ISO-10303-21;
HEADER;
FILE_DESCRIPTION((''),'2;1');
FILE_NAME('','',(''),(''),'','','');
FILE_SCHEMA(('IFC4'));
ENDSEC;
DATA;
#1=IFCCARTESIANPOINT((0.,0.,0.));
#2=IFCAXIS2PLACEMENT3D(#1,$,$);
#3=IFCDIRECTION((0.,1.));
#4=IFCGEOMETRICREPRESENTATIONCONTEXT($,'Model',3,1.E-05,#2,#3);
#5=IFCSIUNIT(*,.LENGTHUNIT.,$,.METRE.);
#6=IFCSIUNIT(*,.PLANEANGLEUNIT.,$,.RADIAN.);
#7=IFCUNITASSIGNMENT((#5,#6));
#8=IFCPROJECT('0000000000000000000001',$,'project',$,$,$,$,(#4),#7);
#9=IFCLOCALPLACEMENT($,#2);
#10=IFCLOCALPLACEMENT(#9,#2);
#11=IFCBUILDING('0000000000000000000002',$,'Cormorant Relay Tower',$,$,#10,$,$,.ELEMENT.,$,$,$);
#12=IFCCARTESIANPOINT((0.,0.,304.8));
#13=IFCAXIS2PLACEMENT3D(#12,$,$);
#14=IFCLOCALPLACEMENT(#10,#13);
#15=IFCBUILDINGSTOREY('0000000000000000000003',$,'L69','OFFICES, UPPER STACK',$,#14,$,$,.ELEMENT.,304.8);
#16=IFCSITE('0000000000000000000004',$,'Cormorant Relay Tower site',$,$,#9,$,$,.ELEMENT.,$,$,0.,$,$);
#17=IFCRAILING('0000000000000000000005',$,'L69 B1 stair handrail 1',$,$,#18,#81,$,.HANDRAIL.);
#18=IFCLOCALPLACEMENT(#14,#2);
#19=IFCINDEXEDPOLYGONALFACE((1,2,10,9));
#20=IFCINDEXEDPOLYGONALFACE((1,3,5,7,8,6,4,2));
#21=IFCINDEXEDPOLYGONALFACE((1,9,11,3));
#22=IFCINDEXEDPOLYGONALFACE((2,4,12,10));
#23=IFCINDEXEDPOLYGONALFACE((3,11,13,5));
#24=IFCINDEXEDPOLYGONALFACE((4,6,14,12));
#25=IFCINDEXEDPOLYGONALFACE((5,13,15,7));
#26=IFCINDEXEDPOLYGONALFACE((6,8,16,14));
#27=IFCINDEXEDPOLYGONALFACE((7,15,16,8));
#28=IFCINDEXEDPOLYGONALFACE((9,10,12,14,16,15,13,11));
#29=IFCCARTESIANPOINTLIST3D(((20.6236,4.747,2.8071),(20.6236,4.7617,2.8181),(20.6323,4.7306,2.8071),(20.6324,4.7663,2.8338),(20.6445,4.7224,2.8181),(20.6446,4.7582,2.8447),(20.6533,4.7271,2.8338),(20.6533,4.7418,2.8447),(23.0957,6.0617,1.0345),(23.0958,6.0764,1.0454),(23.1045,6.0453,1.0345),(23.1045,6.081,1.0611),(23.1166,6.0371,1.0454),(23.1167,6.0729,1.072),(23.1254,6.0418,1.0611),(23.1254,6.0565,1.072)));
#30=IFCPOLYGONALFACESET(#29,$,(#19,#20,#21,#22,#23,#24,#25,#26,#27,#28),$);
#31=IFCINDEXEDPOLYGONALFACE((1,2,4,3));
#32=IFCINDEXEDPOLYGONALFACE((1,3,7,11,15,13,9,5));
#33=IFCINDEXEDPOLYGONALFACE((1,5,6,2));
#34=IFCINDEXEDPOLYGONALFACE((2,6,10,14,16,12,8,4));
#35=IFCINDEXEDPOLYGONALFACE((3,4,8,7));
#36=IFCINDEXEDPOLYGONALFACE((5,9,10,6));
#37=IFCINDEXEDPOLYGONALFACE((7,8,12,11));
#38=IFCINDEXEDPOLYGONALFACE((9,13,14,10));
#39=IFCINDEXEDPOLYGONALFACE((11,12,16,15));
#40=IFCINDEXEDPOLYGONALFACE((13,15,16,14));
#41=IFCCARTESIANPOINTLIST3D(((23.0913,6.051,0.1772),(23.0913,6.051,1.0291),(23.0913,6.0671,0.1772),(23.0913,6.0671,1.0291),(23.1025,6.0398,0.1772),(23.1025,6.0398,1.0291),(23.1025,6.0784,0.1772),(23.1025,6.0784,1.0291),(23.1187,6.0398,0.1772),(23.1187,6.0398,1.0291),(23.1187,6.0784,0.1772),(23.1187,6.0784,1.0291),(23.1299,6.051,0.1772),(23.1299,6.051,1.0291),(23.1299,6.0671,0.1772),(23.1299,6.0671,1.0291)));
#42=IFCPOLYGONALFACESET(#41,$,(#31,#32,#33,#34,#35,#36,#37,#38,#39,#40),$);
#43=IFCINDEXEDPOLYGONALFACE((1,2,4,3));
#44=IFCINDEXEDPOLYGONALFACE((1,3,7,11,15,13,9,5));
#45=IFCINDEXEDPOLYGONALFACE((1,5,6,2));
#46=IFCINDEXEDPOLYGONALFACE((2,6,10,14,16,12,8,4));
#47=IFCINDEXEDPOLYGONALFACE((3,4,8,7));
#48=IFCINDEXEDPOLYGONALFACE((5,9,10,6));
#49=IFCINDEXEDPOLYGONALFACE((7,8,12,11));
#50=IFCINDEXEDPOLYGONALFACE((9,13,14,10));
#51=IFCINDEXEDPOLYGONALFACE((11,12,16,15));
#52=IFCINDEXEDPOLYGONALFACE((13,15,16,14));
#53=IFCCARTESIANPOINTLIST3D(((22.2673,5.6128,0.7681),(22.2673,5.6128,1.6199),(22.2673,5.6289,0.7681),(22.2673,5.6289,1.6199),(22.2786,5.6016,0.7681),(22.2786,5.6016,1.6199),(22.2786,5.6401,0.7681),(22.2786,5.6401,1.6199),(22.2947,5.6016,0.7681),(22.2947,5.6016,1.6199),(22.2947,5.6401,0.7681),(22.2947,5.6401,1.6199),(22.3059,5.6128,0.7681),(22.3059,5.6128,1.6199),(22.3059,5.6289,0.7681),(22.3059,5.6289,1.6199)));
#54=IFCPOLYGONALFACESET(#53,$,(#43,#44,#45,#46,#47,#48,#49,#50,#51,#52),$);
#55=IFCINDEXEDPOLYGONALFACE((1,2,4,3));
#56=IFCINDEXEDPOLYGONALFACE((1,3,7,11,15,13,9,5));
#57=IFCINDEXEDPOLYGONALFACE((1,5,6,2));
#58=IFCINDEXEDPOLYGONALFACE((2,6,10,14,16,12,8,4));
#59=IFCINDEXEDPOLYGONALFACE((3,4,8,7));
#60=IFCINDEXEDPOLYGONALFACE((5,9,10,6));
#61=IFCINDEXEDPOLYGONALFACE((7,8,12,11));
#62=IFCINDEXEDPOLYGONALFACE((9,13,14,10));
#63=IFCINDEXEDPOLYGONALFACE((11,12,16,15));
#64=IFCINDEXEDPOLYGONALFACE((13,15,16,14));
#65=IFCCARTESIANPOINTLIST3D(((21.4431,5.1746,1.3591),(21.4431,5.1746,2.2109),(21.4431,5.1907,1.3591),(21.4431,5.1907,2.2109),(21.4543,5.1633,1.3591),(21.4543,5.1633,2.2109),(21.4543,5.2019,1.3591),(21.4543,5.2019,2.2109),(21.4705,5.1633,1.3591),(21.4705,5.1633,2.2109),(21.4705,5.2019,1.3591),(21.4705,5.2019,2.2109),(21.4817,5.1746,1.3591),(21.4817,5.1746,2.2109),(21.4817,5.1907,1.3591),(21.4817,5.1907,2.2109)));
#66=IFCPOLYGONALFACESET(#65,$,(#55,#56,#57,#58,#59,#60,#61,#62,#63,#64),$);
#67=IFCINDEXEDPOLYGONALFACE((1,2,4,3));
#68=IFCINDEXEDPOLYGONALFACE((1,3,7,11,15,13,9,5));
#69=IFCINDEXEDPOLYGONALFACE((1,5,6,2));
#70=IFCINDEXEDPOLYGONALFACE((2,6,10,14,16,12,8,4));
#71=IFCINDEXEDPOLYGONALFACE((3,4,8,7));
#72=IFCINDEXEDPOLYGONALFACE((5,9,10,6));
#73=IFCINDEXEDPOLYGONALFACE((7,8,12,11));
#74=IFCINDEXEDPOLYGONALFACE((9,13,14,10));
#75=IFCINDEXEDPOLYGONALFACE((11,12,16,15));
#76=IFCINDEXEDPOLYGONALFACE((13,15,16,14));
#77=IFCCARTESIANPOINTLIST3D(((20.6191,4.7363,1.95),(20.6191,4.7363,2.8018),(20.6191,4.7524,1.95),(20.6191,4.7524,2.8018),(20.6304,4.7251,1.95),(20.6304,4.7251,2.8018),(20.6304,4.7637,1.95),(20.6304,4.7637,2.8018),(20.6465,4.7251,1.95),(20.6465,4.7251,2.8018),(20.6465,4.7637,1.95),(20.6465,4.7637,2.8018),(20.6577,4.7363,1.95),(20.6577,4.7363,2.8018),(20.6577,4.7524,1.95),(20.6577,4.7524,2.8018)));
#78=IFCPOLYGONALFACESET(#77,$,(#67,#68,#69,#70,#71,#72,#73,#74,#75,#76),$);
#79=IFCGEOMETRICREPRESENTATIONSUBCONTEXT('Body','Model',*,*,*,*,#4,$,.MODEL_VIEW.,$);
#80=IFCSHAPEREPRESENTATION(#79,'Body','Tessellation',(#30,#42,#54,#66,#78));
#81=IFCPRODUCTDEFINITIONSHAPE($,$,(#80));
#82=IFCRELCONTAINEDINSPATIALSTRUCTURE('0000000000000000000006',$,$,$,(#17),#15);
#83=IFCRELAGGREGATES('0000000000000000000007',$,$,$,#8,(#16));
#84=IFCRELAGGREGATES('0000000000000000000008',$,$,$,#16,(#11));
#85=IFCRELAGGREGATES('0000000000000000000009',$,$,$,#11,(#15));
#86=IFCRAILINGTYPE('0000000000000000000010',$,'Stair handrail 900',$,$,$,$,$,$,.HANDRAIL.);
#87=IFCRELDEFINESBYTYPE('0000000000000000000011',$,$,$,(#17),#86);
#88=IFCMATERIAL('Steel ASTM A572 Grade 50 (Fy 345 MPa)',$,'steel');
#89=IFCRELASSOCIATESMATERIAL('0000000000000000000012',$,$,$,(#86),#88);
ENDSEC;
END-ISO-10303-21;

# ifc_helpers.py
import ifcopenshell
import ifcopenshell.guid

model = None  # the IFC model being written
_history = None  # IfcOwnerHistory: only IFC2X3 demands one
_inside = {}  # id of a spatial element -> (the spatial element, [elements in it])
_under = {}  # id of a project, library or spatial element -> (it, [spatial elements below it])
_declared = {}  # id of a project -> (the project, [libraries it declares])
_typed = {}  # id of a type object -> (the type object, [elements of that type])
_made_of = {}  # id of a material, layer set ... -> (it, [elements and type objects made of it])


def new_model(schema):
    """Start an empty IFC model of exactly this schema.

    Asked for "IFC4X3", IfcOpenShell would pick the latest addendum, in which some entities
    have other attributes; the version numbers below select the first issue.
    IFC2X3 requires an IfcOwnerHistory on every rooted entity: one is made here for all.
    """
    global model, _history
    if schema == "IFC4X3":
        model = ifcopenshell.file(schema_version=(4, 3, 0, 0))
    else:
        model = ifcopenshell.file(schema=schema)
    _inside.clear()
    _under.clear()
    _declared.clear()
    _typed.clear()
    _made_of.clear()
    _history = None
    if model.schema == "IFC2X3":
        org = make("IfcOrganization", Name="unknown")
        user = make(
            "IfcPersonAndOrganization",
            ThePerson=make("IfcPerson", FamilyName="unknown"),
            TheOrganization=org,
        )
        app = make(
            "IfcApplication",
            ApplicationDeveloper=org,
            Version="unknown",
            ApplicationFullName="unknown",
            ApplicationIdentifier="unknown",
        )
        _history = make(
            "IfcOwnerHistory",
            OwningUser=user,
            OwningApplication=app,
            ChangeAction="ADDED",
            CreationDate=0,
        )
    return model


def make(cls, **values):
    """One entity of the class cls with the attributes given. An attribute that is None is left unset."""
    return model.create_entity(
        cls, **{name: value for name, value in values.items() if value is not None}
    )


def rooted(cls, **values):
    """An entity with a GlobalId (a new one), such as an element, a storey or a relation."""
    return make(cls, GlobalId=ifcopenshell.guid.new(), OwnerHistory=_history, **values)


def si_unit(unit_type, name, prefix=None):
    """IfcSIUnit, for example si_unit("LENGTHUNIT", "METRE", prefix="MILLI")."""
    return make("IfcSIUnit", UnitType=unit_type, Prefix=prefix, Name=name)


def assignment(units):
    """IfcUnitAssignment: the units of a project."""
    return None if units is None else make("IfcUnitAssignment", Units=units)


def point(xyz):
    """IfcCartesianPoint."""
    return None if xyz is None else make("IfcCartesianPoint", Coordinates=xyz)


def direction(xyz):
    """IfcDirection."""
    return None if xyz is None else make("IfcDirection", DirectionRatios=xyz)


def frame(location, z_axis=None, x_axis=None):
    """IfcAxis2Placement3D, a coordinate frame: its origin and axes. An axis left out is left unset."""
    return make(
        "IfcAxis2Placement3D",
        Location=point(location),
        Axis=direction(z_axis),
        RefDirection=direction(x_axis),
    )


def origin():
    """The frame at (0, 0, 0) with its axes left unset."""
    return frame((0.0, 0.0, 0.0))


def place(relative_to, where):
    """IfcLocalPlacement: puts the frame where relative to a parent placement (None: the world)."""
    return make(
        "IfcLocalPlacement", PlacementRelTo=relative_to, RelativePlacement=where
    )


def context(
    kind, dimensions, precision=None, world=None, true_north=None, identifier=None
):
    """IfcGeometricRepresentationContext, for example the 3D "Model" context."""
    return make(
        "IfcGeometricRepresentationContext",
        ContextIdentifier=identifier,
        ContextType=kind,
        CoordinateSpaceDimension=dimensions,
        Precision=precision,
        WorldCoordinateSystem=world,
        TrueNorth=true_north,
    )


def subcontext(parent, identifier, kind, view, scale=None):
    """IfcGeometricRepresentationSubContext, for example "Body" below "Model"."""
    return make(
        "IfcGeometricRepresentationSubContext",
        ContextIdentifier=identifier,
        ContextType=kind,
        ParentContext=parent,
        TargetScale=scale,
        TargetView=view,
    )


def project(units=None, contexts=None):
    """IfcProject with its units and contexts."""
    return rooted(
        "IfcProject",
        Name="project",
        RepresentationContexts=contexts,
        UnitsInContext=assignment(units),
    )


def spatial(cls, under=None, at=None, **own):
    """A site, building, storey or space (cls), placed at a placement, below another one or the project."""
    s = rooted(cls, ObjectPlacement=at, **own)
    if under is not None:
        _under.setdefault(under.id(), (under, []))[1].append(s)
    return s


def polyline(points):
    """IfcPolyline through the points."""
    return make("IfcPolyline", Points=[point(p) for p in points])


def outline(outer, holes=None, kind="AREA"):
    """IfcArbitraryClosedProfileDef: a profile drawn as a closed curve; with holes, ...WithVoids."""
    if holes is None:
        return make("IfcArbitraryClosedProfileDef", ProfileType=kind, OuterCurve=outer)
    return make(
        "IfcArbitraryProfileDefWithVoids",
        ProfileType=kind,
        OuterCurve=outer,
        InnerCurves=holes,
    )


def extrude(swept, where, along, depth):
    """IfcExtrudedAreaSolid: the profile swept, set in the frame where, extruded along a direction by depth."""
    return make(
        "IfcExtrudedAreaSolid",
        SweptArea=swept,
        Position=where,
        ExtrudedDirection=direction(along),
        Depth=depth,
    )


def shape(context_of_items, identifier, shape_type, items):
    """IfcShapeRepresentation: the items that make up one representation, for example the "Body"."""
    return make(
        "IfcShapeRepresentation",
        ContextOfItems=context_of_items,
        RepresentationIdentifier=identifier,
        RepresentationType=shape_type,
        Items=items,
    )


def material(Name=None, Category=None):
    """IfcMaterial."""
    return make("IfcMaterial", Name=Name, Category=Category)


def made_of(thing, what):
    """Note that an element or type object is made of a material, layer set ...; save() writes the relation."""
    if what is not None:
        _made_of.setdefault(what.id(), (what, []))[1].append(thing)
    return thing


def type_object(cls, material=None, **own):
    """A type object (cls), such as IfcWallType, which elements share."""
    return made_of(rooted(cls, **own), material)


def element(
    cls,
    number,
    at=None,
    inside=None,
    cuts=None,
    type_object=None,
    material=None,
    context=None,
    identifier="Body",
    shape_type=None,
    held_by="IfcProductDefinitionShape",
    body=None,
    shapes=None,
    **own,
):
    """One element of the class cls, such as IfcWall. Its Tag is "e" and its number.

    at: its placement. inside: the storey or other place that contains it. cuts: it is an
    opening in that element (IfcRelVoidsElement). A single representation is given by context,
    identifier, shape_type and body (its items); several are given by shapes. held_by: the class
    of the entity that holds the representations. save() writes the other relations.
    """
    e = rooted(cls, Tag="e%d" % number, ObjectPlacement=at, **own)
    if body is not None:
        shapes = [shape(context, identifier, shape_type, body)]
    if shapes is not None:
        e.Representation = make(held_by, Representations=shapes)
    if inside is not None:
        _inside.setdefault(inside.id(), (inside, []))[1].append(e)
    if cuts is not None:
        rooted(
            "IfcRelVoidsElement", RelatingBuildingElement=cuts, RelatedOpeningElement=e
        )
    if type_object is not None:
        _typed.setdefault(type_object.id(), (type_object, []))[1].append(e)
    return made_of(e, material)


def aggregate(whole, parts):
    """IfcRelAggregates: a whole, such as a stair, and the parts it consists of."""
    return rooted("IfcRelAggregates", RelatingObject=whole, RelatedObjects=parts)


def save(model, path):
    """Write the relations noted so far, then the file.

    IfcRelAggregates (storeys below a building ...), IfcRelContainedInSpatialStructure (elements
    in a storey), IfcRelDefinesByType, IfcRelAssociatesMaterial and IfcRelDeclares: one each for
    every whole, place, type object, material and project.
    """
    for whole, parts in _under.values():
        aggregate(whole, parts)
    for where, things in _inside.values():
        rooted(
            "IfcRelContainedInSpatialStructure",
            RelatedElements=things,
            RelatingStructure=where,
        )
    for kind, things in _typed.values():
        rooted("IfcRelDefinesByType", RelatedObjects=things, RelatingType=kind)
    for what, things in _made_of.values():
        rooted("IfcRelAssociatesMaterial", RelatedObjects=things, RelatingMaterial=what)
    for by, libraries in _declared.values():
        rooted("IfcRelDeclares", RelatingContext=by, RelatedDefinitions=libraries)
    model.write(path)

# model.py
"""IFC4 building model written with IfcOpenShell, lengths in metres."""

from ifc_helpers import new_model, si_unit, direction, frame, origin, place, context, subcontext, project, spatial, polyline, outline, extrude, material, type_object, element, save


model = new_model("IFC4")

# Units and contexts
model_context = context("Model", 3, precision=1e-05, world=origin(), true_north=direction((0.0, 1.0)))
body_context = subcontext(model_context, "Body", "Model", "MODEL_VIEW")
ifc_project = project(units=[si_unit("LENGTHUNIT", "METRE"), si_unit("PLANEANGLEUNIT", "RADIAN")], contexts=[model_context])

# Site, building, storey
site_placement = place(None, origin())
site = spatial("IfcSite", under=ifc_project, at=site_placement, Name="Cormorant Relay Tower site", CompositionType="ELEMENT", RefElevation=0.0)
building_placement = place(site_placement, origin())
building = spatial("IfcBuilding", under=site, at=building_placement, Name="Cormorant Relay Tower", CompositionType="ELEMENT")
storey_placement = place(building_placement, frame((0.0, 0.0, 304.8)))
storey = spatial("IfcBuildingStorey", under=building, at=storey_placement, Name="L69", Description="OFFICES, UPPER STACK", CompositionType="ELEMENT", Elevation=304.8)

# Railing
ifc_material_1 = material(Name="Steel ASTM A572 Grade 50 (Fy 345 MPa)", Category="steel")
railing_type = type_object("IfcRailingType", Name="Stair handrail 900", PredefinedType="HANDRAIL", material=ifc_material_1)
railing_placement = place(storey_placement, frame((23.1106, 6.0591, 0.1772)))
element("IfcRailing", 1, at=railing_placement, inside=storey, type_object=railing_type, Name="L69 B1 stair handrail 1", PredefinedType="HANDRAIL", context=body_context, shape_type="SweptSolid", body=[
    extrude(outline(polyline([(0.0222, 0.0093), (0.0093, 0.0222), (-0.0093, 0.0222), (-0.0222, 0.0093), (-0.0222, -0.0093), (-0.0093, -0.0222), (0.0093, -0.0222), (0.0222, -0.0093), (0.0222, 0.0093)])), frame((0.0, 0.0, 0.876), z_axis=(-0.745979, -0.396711, 0.534916), x_axis=(0.469533, -0.882915, 0.0)), (0.0, 0.0, 1.0), 3.314),
    extrude(outline(polyline([(0.0193, 0.0081), (0.0081, 0.0193), (-0.0081, 0.0193), (-0.0193, 0.0081), (-0.0193, -0.0081), (-0.0081, -0.0193), (0.0081, -0.0193), (0.0193, -0.0081), (0.0193, 0.0081)])), origin(), (0.0, 0.0, 1.0), 0.8518),
    extrude(outline(polyline([(0.0193, 0.0081), (0.0081, 0.0193), (-0.0081, 0.0193), (-0.0193, 0.0081), (-0.0193, -0.0081), (-0.0081, -0.0193), (0.0081, -0.0193), (0.0193, -0.0081), (0.0193, 0.0081)])), frame((-0.824, -0.4382, 0.5908)), (0.0, 0.0, 1.0), 0.8518),
    extrude(outline(polyline([(0.0193, 0.0081), (0.0081, 0.0193), (-0.0081, 0.0193), (-0.0193, 0.0081), (-0.0193, -0.0081), (-0.0081, -0.0193), (0.0081, -0.0193), (0.0193, -0.0081), (0.0193, 0.0081)])), frame((-1.6482, -0.8765, 1.1819)), (0.0, 0.0, 1.0), 0.8518),
    extrude(outline(polyline([(0.0193, 0.0081), (0.0081, 0.0193), (-0.0081, 0.0193), (-0.0193, 0.0081), (-0.0193, -0.0081), (-0.0081, -0.0193), (0.0081, -0.0193), (0.0193, -0.0081), (0.0193, 0.0081)])), frame((-2.4722, -1.3147, 1.7727)), (0.0, 0.0, 1.0), 0.8518),
])

save(model, "model.ifc")
